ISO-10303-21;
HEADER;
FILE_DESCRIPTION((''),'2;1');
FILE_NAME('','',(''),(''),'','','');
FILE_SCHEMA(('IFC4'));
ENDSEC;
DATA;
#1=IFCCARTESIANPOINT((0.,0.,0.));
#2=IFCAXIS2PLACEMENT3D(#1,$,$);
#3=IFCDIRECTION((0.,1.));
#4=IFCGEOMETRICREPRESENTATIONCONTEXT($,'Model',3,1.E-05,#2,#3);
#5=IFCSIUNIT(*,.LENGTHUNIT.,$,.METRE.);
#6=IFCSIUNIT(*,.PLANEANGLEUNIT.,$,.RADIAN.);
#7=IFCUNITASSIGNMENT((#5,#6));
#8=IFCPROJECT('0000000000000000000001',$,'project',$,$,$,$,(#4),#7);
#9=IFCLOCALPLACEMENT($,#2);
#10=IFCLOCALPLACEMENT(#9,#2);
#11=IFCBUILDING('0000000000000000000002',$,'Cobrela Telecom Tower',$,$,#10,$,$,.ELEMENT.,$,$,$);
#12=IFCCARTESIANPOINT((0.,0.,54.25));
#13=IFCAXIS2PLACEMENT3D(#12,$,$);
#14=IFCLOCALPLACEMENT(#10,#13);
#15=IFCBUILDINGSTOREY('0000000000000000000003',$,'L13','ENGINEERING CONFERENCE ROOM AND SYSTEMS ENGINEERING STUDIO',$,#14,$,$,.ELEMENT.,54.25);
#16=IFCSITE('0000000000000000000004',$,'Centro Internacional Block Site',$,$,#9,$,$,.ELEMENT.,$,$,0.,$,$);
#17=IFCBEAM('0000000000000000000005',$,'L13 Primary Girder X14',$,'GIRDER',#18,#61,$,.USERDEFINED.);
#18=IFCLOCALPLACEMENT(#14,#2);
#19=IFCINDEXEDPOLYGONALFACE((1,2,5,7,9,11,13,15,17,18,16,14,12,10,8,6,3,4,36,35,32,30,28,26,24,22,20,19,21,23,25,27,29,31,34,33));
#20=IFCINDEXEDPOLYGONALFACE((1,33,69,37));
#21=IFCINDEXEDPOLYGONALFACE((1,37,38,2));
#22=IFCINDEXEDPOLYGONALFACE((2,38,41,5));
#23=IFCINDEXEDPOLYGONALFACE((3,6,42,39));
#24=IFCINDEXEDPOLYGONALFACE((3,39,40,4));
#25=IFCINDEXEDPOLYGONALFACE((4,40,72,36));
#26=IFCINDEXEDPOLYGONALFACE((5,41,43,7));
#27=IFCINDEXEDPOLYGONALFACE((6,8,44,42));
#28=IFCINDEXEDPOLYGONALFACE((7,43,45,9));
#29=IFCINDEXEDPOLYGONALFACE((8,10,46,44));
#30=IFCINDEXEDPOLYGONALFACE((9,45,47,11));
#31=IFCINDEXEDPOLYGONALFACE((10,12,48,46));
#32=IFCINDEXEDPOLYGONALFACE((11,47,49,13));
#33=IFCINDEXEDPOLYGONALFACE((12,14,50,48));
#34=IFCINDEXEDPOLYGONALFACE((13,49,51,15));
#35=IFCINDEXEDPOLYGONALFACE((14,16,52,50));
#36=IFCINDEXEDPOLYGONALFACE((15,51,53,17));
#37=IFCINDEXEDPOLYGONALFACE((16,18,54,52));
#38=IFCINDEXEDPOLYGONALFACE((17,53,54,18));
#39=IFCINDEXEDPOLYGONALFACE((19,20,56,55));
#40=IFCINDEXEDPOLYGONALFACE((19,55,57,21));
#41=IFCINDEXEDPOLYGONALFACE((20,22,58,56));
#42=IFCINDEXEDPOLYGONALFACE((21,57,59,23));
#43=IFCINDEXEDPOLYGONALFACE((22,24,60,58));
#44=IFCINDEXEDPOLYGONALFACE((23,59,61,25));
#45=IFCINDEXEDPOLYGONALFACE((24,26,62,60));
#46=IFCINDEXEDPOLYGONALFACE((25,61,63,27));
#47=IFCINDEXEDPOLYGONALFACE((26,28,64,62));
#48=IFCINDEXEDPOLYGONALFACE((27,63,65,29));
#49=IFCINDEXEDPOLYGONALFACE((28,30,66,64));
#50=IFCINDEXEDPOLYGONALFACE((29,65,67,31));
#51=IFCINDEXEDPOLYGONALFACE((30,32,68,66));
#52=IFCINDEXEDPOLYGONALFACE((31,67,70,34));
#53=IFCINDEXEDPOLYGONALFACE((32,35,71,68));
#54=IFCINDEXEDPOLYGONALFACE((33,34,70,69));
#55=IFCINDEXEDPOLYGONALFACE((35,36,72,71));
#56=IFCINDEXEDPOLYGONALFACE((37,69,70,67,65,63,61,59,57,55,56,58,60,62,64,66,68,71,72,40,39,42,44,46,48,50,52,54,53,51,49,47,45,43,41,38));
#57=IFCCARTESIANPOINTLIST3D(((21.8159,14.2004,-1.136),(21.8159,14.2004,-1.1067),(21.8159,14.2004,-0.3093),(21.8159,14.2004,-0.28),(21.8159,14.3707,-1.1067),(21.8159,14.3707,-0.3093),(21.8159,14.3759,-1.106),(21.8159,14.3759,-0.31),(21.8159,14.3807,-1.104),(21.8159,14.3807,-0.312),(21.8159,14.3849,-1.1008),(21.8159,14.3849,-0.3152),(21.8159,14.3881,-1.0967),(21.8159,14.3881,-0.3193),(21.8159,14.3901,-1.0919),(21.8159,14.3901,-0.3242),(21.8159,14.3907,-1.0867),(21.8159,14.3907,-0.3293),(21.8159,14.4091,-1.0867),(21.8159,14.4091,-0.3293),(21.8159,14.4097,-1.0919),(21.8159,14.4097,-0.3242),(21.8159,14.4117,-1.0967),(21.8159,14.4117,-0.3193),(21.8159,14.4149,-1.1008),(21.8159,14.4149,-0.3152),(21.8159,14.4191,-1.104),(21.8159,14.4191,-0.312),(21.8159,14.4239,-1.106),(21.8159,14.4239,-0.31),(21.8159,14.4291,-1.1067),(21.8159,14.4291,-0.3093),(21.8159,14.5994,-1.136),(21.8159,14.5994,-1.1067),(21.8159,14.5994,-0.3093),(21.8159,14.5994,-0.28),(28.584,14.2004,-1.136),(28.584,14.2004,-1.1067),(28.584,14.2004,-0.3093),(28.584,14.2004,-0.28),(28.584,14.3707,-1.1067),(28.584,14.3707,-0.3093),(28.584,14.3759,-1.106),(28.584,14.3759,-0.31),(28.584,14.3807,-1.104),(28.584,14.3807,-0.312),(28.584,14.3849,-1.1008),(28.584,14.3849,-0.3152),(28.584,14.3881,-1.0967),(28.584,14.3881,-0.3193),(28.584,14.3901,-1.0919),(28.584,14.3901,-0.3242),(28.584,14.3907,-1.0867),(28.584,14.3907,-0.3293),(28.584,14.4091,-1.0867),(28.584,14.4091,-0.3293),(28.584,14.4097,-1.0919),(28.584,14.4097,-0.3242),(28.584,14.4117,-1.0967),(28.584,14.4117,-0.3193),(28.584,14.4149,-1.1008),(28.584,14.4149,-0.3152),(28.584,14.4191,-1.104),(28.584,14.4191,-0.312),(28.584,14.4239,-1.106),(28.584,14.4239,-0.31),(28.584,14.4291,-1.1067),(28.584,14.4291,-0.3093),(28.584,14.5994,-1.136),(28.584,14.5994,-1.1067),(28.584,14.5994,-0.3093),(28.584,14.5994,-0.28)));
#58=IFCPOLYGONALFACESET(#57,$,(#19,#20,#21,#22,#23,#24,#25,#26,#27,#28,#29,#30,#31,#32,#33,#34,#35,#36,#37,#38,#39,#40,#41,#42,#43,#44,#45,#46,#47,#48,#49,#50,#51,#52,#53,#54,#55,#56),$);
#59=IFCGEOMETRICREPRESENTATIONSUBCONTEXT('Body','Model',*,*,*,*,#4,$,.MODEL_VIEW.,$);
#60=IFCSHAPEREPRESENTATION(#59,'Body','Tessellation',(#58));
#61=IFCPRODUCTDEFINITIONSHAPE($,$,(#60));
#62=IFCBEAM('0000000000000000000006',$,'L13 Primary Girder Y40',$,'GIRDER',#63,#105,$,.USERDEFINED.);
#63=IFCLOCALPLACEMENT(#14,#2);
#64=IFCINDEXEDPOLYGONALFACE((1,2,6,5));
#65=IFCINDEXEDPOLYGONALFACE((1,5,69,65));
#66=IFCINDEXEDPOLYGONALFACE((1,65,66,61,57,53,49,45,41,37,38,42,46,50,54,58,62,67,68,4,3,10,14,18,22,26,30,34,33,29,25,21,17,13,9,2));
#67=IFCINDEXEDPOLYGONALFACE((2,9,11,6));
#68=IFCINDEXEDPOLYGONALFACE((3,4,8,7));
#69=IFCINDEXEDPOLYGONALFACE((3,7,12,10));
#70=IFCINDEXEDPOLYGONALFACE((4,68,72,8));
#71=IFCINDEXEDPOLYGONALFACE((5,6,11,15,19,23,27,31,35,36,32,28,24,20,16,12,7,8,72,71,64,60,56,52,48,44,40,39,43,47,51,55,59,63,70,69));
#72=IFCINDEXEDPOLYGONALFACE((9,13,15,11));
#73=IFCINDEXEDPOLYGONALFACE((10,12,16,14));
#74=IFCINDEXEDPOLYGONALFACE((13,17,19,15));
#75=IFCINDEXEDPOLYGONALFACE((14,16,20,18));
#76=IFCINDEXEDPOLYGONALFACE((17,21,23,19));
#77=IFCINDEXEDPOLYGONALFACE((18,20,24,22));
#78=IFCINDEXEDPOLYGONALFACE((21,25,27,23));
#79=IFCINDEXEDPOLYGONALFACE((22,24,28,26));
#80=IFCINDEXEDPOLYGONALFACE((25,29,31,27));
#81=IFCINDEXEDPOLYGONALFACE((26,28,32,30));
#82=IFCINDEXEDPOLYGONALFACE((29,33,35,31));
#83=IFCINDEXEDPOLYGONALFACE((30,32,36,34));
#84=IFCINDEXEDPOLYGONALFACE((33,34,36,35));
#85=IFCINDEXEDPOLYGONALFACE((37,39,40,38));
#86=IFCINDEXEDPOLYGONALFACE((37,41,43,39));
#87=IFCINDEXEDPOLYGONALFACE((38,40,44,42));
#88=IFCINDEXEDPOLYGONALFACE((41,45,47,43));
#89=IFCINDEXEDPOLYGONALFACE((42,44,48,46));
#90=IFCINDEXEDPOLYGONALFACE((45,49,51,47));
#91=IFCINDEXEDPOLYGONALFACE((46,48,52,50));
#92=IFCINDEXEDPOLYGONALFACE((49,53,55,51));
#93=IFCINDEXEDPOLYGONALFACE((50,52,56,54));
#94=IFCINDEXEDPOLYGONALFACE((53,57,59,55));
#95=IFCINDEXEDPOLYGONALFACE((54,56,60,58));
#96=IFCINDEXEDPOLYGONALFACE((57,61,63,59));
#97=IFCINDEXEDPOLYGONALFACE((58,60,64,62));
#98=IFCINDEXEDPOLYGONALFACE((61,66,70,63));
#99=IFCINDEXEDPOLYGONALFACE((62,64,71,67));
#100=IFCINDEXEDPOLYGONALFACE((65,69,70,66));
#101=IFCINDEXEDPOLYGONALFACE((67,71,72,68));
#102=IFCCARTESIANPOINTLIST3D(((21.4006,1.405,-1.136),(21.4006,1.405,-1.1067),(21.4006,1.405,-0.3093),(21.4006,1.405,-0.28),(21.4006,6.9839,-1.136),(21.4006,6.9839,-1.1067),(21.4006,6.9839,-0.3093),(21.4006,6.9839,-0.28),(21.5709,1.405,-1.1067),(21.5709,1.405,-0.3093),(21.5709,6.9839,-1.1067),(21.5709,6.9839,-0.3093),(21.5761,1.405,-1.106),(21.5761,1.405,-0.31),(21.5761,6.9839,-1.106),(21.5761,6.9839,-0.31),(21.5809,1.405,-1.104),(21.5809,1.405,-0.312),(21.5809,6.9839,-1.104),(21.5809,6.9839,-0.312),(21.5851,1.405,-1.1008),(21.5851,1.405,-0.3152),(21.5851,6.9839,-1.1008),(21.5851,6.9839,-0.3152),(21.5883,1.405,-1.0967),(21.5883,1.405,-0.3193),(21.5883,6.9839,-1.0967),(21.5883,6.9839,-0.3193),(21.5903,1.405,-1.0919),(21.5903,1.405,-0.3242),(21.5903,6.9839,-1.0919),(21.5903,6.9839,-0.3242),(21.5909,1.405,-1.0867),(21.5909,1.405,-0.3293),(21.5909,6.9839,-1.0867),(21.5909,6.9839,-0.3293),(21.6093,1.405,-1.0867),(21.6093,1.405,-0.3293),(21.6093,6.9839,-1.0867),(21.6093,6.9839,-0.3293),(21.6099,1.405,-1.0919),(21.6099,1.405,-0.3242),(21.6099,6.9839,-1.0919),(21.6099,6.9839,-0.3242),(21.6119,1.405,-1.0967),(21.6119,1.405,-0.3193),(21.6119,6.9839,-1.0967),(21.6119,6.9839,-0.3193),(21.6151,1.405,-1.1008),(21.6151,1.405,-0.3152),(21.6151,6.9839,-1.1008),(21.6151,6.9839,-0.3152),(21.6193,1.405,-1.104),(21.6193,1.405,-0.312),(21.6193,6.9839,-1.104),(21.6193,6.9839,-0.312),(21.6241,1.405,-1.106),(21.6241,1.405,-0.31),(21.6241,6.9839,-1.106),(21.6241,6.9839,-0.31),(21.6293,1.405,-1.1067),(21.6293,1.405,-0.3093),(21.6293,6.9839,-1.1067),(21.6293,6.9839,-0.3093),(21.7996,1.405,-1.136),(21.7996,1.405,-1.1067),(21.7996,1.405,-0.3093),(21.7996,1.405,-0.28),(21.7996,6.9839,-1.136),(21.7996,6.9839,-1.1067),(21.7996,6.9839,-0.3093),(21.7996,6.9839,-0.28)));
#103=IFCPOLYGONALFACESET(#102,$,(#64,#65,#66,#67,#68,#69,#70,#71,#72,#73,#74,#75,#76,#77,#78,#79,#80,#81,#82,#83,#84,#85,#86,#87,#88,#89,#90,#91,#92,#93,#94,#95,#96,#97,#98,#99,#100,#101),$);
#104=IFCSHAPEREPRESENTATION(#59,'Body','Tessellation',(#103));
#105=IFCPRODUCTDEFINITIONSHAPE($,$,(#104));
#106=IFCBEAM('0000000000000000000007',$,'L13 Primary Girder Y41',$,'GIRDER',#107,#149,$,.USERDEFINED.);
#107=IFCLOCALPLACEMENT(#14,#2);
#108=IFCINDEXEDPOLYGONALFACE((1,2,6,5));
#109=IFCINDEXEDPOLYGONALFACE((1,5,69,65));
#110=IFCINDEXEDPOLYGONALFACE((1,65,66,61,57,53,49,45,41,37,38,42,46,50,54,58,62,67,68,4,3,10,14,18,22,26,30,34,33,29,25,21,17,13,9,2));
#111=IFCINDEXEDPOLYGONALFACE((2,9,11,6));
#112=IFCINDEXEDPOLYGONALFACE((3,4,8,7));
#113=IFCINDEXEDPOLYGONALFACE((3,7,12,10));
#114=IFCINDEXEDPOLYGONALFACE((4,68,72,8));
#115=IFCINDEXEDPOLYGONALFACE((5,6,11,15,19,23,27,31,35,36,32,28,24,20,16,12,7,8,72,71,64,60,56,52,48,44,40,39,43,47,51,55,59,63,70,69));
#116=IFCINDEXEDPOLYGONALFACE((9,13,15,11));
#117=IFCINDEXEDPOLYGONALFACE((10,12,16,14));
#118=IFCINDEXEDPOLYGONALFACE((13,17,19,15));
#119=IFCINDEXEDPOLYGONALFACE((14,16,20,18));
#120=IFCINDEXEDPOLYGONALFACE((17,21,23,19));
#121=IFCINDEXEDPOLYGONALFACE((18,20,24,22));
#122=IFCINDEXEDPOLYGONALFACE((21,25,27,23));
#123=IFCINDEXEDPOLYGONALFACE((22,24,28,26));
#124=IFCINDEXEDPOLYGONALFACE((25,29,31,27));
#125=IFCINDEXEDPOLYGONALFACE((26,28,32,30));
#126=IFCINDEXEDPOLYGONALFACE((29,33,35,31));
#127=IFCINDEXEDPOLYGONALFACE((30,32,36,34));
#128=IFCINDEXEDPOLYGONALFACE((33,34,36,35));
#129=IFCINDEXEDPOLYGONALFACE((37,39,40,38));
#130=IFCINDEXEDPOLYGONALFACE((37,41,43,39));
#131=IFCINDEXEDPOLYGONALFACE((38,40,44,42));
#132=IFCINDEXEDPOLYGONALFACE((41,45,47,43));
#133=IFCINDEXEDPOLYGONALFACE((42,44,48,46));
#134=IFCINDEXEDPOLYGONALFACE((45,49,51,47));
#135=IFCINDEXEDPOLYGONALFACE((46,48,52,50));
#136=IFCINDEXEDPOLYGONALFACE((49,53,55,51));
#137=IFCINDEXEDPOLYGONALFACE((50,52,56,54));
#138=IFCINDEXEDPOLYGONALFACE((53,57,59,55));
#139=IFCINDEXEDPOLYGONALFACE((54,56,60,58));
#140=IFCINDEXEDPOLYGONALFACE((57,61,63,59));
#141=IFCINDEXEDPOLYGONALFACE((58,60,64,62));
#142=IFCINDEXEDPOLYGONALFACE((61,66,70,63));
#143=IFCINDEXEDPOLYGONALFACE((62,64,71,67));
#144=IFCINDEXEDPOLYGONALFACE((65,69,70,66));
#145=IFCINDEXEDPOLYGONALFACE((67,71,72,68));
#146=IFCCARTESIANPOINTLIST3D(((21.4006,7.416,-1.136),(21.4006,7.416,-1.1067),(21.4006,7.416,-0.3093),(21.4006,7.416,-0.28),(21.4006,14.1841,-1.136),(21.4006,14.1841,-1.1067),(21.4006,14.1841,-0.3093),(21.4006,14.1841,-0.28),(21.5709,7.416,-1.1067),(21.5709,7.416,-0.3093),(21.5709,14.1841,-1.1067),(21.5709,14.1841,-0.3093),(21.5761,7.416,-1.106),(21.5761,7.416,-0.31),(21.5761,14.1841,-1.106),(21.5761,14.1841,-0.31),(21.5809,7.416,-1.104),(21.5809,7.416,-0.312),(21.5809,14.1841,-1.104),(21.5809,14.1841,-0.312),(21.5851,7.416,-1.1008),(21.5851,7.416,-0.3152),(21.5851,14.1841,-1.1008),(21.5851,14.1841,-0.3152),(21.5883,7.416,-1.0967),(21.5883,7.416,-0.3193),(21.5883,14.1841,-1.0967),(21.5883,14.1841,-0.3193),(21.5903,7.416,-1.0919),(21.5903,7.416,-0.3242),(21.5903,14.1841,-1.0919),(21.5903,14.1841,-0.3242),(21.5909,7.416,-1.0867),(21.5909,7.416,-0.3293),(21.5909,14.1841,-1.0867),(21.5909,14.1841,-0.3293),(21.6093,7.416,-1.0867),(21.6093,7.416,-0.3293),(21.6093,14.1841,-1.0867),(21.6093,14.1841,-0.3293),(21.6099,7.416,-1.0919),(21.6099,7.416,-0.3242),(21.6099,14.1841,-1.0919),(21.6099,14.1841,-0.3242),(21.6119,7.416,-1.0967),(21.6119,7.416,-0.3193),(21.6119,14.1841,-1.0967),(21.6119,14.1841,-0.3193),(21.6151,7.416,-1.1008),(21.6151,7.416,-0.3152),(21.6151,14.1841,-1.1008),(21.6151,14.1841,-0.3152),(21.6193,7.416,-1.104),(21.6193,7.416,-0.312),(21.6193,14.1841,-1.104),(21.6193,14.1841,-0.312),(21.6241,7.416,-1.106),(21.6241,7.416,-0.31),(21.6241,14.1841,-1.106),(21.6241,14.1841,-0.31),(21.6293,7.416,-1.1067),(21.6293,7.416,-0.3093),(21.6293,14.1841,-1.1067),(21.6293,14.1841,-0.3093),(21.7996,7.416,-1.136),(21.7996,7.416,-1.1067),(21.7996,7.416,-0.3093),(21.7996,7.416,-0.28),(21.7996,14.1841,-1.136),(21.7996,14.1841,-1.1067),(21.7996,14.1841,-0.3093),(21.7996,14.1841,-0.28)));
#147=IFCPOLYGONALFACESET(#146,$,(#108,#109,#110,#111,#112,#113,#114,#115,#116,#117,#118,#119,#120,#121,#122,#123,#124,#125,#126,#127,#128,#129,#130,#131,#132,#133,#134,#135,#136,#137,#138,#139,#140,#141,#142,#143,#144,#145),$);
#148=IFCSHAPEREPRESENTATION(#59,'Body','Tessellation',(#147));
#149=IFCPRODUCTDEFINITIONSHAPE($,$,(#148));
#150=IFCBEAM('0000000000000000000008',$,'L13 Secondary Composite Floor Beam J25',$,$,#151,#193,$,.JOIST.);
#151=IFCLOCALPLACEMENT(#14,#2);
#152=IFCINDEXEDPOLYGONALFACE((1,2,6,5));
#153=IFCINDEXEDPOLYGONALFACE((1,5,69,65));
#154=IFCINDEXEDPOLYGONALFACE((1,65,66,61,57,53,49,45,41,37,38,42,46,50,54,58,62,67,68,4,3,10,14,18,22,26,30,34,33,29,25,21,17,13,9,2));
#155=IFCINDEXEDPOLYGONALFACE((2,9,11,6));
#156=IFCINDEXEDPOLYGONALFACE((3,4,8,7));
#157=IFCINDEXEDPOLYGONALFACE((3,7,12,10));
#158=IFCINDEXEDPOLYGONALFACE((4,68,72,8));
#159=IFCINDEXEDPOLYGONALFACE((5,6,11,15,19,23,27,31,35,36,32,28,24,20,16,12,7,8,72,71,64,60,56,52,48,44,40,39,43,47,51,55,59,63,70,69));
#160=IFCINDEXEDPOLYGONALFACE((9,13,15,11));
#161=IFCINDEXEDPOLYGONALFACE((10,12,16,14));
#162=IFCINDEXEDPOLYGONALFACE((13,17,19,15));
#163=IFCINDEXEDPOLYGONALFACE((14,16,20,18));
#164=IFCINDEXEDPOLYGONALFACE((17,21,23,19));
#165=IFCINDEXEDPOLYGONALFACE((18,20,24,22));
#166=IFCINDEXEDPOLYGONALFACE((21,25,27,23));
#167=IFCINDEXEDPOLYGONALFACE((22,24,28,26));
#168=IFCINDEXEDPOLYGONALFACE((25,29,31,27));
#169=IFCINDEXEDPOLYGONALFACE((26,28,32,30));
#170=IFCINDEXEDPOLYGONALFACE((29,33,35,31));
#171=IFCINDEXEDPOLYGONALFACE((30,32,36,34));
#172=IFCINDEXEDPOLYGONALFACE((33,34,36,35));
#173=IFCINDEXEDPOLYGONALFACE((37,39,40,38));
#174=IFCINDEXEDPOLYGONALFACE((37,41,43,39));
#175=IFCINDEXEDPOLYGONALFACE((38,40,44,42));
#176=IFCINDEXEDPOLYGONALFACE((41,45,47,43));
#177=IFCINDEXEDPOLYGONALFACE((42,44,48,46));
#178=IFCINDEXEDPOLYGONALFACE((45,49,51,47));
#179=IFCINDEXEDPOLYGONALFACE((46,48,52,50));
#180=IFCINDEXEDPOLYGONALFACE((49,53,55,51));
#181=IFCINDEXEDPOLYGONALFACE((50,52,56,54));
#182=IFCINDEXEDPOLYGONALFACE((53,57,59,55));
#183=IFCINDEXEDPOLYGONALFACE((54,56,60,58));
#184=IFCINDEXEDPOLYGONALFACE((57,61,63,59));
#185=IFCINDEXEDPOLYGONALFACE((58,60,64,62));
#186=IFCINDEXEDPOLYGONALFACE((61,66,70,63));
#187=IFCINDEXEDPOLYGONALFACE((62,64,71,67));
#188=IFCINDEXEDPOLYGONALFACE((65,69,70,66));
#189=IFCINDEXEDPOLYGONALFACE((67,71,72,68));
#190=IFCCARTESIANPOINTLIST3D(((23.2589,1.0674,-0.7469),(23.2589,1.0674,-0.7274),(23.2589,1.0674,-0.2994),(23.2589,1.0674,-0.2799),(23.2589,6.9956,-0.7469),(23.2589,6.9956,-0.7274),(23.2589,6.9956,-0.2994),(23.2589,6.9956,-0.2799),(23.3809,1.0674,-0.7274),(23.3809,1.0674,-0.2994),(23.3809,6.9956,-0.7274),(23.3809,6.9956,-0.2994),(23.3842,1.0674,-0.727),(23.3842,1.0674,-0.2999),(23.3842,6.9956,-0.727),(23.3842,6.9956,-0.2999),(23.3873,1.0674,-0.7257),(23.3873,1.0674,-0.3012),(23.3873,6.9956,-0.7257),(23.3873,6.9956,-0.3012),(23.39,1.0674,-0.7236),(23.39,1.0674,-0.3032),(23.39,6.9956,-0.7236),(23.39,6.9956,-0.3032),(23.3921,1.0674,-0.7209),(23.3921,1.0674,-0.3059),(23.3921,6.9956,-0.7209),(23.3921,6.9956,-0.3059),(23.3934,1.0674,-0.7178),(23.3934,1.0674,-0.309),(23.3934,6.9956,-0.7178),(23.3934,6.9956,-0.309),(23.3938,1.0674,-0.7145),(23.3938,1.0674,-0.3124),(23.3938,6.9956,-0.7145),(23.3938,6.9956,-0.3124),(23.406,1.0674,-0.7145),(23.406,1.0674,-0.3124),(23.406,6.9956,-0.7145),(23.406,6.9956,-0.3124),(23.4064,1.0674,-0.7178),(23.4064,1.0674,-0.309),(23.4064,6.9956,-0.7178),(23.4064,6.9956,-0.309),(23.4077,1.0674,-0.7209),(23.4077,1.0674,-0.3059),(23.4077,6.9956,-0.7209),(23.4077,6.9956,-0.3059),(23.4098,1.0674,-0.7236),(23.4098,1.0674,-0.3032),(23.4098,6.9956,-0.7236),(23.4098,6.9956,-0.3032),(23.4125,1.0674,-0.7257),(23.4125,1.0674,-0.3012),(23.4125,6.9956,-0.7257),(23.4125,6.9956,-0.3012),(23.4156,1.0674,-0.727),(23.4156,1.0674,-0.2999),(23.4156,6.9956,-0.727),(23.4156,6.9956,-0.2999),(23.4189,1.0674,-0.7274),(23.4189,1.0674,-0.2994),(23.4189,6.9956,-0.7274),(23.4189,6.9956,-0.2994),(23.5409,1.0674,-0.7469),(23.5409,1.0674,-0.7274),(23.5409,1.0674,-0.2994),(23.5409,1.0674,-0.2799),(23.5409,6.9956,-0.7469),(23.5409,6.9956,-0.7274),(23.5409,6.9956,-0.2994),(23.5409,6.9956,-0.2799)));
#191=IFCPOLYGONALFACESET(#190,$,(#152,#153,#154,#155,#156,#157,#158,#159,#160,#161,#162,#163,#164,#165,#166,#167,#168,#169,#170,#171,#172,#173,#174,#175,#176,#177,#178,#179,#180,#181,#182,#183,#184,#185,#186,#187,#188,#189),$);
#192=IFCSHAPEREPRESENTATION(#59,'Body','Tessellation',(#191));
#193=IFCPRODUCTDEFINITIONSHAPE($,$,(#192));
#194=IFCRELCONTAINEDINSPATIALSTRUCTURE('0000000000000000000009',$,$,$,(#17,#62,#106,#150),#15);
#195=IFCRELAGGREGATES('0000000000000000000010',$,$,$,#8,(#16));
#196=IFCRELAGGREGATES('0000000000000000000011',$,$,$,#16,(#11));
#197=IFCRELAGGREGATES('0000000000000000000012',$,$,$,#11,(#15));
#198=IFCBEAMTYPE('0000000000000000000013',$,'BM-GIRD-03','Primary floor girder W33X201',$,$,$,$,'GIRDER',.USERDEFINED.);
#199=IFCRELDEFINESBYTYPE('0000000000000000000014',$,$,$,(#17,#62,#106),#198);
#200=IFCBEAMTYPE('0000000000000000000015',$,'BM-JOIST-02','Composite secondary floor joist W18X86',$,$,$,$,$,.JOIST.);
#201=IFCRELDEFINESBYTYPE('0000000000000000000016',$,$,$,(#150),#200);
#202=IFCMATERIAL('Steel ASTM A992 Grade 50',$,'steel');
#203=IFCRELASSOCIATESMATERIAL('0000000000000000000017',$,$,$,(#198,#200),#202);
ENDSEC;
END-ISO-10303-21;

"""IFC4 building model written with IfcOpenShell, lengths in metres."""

from ifc_helpers import new_model, si_unit, direction, frame, origin, origin_2d, place, context, subcontext, project, spatial, i_section, extrude, material, material_profile, profile_set, type_object, element, save


model = new_model("IFC4")

# Units and contexts
model_context = context("Model", 3, precision=1e-05, world=origin(), true_north=direction((0.0, 1.0)))
body_context = subcontext(model_context, "Body", "Model", "MODEL_VIEW")
ifc_project = project(units=[si_unit("LENGTHUNIT", "METRE"), si_unit("PLANEANGLEUNIT", "RADIAN")], contexts=[model_context])

# Site, building, storey
site_placement = place(None, origin())
site = spatial("IfcSite", under=ifc_project, at=site_placement, Name="Centro Internacional Block Site", CompositionType="ELEMENT", RefElevation=0.0)
building_placement = place(site_placement, origin())
building = spatial("IfcBuilding", under=site, at=building_placement, Name="Cobrela Telecom Tower", CompositionType="ELEMENT")
storey_placement = place(building_placement, frame((0.0, 0.0, 54.25)))
storey = spatial("IfcBuildingStorey", under=building, at=storey_placement, Name="L13", Description="ENGINEERING CONFERENCE ROOM AND SYSTEMS ENGINEERING STUDIO", CompositionType="ELEMENT", Elevation=54.25)

# Shared definitions
ifc_material_1 = material(Name="Steel ASTM A992 Grade 50", Category="steel")

# Beams
ifc_material_profile_1 = material_profile(ifc_material_1, i_section(OverallWidth=0.3989, OverallDepth=0.856, WebThickness=0.0183, FlangeThickness=0.0293, FilletRadius=0.02, at=origin_2d()), Name="W33X201")
ifc_profile_set_1 = profile_set([ifc_material_profile_1], Name="Steel ASTM A992 Grade 50")
beam_type_1 = type_object("IfcBeamType", Name="BM-GIRD-03", Description="Primary floor girder W33X201", ElementType="GIRDER", PredefinedType="USERDEFINED", material=ifc_profile_set_1)
for number, where, z_axis, x_axis, name in (
    (1, (21.8159, 14.3999, -0.708), (1.0, 0.0, 0.0), (0.0, 1.0, 0.0), "L13 Primary Girder X14"),
):
    element("IfcBeam", number, at=place(storey_placement, frame(where, z_axis=z_axis, x_axis=x_axis)), inside=storey, type_object=beam_type_1, Name=name, ObjectType="GIRDER", PredefinedType="USERDEFINED", context=body_context, shape_type="SweptSolid", body=[
        extrude(i_section(OverallWidth=0.3989, OverallDepth=0.856, WebThickness=0.0183, FlangeThickness=0.0293, FilletRadius=0.02, at=origin_2d()), origin(), (0.0, 0.0, 1.0), 6.7681),
    ])
beam_1_placement = place(storey_placement, frame((21.6001, 1.405, -0.708), z_axis=(0.0, 1.0, 0.0), x_axis=(-1.0, 0.0, 0.0)))
element("IfcBeam", 2, at=beam_1_placement, inside=storey, type_object=beam_type_1, Name="L13 Primary Girder Y40", ObjectType="GIRDER", PredefinedType="USERDEFINED", context=body_context, shape_type="SweptSolid", body=[
    extrude(i_section(OverallWidth=0.3989, OverallDepth=0.856, WebThickness=0.0183, FlangeThickness=0.0293, FilletRadius=0.02, at=origin_2d()), origin(), (0.0, 0.0, 1.0), 5.5789),
])
beam_2_placement = place(storey_placement, frame((21.6001, 7.416, -0.708), z_axis=(0.0, 1.0, 0.0), x_axis=(-1.0, 0.0, 0.0)))
element("IfcBeam", 3, at=beam_2_placement, inside=storey, type_object=beam_type_1, Name="L13 Primary Girder Y41", ObjectType="GIRDER", PredefinedType="USERDEFINED", context=body_context, shape_type="SweptSolid", body=[
    extrude(i_section(OverallWidth=0.3989, OverallDepth=0.856, WebThickness=0.0183, FlangeThickness=0.0293, FilletRadius=0.02, at=origin_2d()), origin(), (0.0, 0.0, 1.0), 6.7681),
])
ifc_material_profile_2 = material_profile(ifc_material_1, i_section(OverallWidth=0.282, OverallDepth=0.467, WebThickness=0.0122, FlangeThickness=0.0195, FilletRadius=0.0129, at=origin_2d()), Name="W18X86")
ifc_profile_set_2 = profile_set([ifc_material_profile_2], Name="Steel ASTM A992 Grade 50")
beam_type_2 = type_object("IfcBeamType", Name="BM-JOIST-02", Description="Composite secondary floor joist W18X86", PredefinedType="JOIST", material=ifc_profile_set_2)
beam_3_placement = place(storey_placement, frame((23.3999, 1.0674, -0.5134), z_axis=(0.0, 1.0, 0.0), x_axis=(-1.0, 0.0, 0.0)))
element("IfcBeam", 4, at=beam_3_placement, inside=storey, type_object=beam_type_2, Name="L13 Secondary Composite Floor Beam J25", PredefinedType="JOIST", context=body_context, shape_type="SweptSolid", body=[
    extrude(i_section(OverallWidth=0.282, OverallDepth=0.467, WebThickness=0.0122, FlangeThickness=0.0195, FilletRadius=0.0129, at=origin_2d()), origin(), (0.0, 0.0, 1.0), 5.9282),
])

save(model, "model.ifc")
